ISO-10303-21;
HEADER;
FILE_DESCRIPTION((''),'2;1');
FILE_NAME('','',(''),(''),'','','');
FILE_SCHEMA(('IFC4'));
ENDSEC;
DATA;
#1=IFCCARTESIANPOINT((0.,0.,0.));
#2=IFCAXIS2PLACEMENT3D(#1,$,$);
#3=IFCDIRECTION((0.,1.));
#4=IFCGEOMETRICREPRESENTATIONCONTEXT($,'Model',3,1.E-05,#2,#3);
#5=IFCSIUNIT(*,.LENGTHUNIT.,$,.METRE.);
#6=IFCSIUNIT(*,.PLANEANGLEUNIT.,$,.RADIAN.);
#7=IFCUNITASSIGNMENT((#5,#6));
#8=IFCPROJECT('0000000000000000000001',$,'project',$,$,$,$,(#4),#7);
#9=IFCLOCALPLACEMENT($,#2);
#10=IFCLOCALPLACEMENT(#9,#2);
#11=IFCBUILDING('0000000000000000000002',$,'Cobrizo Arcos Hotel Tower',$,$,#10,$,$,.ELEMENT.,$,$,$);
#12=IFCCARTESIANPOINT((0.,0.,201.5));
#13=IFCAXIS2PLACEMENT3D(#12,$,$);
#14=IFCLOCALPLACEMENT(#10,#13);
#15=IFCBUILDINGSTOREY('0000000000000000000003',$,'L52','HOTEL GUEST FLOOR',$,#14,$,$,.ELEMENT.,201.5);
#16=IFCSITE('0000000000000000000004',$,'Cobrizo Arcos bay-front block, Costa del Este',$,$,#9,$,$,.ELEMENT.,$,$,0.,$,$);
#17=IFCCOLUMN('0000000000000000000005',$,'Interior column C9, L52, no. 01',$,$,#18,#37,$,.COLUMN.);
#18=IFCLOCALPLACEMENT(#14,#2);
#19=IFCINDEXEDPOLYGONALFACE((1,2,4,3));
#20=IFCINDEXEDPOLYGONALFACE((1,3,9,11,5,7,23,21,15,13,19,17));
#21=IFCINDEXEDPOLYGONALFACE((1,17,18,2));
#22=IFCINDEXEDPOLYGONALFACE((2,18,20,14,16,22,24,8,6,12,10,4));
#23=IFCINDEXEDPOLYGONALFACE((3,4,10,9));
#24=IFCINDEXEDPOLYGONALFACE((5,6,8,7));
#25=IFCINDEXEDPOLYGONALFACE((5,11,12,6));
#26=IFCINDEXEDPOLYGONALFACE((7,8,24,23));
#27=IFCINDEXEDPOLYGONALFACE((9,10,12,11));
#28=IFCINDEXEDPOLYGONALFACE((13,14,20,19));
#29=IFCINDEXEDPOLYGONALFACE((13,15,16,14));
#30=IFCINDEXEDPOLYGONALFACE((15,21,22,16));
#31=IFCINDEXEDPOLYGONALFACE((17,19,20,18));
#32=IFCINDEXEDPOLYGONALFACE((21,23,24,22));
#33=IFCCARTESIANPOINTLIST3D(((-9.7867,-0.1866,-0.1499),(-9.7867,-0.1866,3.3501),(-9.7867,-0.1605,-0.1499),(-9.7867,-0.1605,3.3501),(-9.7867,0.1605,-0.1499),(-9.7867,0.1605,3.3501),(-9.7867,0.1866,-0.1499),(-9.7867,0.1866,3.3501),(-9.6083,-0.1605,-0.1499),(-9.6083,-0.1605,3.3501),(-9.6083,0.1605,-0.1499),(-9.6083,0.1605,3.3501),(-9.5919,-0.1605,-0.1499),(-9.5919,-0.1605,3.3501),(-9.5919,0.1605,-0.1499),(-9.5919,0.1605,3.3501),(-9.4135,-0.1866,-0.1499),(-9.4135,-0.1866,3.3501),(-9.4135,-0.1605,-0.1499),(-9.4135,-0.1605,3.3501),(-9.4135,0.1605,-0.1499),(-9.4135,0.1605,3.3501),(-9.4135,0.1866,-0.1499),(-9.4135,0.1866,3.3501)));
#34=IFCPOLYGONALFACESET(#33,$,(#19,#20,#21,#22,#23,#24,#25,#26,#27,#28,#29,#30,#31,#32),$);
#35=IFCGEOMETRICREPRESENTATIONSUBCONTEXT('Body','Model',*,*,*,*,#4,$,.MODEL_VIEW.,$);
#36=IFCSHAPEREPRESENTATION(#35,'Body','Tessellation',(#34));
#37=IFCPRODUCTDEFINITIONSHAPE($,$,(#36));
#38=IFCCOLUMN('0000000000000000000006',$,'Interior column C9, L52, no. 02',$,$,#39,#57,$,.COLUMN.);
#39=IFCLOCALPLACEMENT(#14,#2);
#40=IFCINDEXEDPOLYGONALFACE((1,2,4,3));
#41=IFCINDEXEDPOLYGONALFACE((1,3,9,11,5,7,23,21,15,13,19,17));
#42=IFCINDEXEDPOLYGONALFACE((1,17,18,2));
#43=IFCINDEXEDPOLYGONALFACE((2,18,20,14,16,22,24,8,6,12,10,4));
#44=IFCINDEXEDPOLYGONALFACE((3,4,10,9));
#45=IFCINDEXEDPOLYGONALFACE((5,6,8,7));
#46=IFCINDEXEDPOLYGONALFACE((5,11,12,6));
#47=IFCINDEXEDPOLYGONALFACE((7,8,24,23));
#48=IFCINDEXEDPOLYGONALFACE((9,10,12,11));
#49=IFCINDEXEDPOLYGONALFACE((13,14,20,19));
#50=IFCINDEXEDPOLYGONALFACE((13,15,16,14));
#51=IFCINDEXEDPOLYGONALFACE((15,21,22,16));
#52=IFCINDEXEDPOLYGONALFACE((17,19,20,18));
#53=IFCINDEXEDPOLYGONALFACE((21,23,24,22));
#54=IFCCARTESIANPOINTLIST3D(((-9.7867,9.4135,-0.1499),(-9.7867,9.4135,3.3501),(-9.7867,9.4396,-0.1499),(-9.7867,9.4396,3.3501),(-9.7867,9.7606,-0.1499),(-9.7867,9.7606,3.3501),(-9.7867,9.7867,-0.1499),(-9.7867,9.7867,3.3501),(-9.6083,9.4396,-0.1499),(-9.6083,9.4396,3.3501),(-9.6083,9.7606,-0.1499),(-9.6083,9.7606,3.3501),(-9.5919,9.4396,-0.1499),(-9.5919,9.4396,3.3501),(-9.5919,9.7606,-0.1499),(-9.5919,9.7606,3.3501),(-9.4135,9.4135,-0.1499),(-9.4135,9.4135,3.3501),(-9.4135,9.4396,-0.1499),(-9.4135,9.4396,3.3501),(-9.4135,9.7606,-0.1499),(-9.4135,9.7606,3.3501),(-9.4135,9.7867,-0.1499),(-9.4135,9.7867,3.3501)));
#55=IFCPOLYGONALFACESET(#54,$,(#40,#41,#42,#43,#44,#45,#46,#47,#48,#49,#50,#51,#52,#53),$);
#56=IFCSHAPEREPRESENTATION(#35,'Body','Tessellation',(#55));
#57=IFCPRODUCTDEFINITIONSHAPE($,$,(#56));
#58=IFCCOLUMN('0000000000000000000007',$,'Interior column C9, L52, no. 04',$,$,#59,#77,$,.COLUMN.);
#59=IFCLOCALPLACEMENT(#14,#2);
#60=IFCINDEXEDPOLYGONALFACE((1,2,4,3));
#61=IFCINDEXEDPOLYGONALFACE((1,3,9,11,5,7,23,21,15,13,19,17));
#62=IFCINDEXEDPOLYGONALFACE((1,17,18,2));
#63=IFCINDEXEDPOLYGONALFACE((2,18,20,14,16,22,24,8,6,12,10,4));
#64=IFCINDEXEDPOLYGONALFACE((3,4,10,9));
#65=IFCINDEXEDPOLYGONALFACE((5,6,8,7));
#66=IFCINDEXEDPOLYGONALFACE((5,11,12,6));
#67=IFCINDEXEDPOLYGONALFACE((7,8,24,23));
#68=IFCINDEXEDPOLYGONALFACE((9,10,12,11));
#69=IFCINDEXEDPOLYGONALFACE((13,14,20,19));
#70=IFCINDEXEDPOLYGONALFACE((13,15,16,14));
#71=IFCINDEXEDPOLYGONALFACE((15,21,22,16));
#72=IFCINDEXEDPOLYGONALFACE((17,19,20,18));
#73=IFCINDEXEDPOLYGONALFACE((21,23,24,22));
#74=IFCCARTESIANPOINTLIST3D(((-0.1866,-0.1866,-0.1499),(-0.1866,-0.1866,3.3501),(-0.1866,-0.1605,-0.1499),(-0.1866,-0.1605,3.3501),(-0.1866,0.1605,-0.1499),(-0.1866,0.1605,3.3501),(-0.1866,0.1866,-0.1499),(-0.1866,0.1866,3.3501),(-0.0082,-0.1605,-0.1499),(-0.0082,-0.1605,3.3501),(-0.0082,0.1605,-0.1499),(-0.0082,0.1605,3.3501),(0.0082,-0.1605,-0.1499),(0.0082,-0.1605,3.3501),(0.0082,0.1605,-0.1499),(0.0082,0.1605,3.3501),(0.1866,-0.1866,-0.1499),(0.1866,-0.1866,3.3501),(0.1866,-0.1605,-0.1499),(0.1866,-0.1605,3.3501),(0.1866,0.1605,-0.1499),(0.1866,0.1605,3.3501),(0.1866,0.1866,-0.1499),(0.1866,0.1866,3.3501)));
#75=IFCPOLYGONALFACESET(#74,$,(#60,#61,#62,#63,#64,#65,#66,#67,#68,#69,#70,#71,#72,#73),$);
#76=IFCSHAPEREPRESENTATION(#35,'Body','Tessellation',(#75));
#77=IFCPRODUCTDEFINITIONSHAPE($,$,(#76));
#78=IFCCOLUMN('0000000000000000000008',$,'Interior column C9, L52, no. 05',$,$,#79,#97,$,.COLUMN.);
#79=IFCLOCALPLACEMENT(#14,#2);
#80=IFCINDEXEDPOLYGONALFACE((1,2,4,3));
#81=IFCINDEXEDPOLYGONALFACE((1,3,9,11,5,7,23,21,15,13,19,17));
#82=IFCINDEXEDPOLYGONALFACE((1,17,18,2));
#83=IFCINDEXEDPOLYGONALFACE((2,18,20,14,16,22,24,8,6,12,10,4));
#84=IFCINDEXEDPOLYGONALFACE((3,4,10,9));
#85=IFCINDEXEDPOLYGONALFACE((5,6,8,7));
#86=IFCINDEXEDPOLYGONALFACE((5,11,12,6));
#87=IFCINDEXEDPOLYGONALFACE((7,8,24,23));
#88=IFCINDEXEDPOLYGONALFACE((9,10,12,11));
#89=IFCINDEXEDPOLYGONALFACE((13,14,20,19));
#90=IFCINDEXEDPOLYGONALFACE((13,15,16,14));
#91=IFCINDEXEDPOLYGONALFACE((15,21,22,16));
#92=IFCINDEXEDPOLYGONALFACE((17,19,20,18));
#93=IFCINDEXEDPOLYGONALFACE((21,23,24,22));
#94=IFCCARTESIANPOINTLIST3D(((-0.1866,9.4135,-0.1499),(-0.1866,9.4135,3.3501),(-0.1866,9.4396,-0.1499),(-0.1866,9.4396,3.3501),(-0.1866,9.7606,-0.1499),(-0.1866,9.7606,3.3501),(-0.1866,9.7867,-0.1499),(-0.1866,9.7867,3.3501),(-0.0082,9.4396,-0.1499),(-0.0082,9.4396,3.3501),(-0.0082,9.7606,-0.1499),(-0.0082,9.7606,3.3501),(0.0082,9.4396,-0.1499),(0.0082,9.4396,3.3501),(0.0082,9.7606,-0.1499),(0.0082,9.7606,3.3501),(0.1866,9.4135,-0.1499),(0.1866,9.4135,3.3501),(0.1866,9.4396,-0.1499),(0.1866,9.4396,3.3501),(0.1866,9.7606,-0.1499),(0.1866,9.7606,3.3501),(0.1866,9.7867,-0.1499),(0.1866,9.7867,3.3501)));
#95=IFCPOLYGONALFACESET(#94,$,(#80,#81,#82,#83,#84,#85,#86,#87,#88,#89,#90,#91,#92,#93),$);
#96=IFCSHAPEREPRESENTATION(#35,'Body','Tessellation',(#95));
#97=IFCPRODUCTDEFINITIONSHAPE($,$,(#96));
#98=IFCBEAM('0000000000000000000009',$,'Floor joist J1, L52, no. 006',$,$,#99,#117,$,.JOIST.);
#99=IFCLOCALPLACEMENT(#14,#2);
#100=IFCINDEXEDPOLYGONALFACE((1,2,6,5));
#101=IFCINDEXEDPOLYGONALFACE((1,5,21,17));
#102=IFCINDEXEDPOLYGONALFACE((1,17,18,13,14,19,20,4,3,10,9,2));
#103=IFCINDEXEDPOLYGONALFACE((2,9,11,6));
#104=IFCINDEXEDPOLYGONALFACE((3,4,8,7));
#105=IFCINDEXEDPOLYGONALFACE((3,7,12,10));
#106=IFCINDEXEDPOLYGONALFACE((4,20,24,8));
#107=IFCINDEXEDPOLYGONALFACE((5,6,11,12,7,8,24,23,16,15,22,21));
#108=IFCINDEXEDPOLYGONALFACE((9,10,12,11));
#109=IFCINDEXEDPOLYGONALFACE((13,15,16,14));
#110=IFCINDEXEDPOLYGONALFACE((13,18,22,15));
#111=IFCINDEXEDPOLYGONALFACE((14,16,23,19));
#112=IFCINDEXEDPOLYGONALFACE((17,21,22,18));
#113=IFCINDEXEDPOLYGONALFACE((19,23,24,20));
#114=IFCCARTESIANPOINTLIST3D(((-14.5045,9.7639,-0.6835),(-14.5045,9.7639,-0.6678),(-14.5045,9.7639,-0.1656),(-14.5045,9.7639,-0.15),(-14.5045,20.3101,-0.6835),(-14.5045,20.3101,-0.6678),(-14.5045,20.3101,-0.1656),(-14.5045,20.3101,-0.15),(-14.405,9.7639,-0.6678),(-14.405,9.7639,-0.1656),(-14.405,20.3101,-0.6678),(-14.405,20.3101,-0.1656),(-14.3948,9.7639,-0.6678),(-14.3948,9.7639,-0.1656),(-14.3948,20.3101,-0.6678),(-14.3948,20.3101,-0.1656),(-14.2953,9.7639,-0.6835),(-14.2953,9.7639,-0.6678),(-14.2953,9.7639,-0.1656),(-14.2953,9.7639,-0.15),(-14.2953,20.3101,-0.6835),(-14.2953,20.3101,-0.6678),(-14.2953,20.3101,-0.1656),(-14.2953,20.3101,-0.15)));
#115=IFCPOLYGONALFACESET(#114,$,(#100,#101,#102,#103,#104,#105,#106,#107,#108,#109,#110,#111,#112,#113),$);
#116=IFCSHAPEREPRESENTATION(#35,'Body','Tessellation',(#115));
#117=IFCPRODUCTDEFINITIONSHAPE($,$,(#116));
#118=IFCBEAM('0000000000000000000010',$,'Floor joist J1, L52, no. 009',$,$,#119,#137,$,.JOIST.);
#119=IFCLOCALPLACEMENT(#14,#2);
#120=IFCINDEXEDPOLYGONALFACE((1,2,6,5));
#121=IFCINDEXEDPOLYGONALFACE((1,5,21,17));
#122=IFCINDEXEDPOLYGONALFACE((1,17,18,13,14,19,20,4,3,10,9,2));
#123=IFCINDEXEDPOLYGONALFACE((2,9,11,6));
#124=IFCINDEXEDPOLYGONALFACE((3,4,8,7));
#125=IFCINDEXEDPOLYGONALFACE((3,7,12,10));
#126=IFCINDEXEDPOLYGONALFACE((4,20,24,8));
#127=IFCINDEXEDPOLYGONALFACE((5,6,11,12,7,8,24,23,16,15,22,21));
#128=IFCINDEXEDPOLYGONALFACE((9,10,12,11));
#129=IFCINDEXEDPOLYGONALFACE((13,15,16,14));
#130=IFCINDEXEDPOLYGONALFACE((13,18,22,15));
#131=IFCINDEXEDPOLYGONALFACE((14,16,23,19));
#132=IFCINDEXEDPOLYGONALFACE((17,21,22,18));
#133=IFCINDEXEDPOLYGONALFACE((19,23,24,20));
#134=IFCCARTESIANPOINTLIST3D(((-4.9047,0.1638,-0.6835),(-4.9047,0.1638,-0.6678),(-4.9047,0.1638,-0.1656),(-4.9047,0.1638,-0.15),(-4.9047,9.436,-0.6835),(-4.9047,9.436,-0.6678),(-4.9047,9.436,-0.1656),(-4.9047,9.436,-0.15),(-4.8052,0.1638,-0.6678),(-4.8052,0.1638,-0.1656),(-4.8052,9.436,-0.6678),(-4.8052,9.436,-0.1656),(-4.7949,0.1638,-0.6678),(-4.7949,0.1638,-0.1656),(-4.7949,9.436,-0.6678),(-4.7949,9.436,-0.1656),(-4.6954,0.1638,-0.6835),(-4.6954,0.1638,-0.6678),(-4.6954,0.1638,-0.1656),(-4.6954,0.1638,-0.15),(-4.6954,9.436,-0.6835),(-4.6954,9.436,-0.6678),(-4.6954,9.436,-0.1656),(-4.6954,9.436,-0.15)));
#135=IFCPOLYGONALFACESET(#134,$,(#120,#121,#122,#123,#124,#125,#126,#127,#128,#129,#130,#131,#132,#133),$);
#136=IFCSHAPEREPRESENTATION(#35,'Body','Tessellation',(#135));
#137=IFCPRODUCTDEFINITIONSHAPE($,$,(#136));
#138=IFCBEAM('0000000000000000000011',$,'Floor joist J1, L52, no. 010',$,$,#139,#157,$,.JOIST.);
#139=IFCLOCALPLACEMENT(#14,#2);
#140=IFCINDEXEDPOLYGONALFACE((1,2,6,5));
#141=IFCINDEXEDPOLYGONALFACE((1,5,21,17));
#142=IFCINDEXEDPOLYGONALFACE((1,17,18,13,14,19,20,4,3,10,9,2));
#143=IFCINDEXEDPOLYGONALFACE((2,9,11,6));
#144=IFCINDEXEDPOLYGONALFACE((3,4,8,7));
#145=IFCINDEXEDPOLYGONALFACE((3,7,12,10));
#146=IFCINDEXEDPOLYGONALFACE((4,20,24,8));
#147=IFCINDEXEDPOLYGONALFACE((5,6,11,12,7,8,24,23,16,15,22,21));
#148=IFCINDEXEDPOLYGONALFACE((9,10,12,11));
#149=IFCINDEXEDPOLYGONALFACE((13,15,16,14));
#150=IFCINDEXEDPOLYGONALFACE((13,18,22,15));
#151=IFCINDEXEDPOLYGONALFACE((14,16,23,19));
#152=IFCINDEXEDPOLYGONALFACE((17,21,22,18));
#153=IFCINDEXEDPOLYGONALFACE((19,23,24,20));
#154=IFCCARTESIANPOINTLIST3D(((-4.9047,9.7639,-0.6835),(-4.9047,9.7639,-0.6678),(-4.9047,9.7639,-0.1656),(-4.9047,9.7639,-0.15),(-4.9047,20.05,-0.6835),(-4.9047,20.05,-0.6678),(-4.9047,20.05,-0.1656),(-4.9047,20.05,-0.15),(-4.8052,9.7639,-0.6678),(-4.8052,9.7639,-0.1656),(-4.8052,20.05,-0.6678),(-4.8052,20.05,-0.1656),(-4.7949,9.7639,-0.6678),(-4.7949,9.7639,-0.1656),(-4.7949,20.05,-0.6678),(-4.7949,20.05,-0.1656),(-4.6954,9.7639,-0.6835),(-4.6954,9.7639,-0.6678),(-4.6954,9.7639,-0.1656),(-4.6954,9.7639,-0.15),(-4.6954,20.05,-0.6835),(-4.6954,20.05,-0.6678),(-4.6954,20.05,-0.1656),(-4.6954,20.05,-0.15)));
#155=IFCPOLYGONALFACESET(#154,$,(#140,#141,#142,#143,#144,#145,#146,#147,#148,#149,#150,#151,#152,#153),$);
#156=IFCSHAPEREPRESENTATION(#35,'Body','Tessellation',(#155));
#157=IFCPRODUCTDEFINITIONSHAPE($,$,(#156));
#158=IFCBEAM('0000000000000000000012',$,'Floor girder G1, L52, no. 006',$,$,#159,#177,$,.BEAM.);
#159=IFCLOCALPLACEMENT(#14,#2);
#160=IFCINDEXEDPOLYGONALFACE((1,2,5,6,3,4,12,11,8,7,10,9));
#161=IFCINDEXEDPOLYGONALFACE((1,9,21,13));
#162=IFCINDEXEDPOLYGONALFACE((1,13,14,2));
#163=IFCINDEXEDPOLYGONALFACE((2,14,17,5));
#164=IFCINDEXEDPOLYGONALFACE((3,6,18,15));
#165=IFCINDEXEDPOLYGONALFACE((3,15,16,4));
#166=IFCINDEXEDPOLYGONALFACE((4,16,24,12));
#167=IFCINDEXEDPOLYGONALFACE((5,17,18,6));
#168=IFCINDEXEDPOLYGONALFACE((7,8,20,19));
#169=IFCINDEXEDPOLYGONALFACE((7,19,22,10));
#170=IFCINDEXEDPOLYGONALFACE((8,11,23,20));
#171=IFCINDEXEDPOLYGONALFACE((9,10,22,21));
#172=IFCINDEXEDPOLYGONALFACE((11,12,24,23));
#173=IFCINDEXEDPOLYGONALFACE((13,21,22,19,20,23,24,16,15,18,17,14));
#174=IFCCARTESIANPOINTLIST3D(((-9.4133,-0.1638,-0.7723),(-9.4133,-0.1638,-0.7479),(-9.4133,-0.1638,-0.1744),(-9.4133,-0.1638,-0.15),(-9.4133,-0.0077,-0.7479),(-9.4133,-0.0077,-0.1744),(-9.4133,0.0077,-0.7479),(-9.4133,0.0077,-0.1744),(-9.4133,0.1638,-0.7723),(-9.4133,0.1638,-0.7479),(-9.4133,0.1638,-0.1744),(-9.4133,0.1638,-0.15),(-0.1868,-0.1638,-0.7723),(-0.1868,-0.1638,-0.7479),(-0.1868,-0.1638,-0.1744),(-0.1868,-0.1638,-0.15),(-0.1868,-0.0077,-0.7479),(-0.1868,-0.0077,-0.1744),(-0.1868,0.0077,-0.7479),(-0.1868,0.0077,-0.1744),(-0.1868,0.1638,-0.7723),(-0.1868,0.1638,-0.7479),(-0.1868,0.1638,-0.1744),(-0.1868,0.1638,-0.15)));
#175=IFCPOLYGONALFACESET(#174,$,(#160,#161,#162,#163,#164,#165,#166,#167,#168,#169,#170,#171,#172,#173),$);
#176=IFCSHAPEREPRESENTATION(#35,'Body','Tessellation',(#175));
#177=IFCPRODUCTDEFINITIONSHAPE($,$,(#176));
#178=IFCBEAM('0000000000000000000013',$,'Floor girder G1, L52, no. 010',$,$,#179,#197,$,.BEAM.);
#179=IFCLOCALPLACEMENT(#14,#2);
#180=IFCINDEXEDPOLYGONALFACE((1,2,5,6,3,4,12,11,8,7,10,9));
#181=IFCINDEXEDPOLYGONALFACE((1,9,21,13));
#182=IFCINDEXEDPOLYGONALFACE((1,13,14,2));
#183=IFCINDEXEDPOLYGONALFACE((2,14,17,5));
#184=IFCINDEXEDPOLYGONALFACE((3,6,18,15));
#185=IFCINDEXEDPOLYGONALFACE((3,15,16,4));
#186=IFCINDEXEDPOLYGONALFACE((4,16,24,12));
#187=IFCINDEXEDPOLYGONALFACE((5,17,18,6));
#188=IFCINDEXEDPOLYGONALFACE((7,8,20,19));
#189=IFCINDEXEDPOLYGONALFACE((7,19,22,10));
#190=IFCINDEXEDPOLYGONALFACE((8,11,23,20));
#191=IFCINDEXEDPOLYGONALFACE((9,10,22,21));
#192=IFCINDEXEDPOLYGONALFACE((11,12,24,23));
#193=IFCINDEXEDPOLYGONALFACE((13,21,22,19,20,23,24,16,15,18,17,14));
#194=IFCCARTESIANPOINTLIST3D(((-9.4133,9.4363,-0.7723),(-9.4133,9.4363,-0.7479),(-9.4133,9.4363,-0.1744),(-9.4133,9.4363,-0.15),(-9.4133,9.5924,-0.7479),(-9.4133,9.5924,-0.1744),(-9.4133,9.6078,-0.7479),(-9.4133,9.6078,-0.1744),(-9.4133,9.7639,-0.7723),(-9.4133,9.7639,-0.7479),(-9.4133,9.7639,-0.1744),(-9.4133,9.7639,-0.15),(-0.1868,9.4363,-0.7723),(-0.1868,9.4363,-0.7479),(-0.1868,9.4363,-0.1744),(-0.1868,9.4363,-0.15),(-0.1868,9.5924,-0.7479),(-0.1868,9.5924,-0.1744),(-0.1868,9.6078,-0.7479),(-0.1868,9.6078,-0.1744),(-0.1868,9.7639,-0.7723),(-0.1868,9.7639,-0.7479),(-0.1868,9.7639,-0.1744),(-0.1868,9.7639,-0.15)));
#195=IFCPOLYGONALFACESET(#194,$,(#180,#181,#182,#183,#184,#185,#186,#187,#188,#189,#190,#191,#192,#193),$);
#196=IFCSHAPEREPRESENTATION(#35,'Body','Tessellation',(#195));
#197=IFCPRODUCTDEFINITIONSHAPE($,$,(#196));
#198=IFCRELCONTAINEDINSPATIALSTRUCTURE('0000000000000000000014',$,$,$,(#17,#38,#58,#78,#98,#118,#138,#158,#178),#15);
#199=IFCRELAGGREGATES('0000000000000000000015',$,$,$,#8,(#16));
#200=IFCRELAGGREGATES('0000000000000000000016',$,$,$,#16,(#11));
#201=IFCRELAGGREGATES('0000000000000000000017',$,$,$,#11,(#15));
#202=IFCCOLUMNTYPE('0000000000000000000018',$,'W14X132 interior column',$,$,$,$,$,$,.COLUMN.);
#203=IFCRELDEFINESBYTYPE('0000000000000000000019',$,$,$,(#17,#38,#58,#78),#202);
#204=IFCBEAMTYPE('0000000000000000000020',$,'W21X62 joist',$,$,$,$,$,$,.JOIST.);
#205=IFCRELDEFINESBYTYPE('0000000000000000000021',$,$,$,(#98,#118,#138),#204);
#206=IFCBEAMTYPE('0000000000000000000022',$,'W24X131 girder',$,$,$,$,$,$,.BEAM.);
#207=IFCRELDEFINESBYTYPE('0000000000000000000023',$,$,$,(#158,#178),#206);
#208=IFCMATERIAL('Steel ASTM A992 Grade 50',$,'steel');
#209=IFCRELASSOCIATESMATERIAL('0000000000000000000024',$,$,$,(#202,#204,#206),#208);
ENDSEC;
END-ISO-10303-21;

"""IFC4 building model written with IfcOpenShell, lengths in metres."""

from ifc_helpers import new_model, si_unit, direction, frame, origin, origin_2d, place, context, subcontext, project, spatial, i_section, extrude, material, material_profile, profile_set, type_object, element, save


model = new_model("IFC4")

# Units and contexts
model_context = context("Model", 3, precision=1e-05, world=origin(), true_north=direction((0.0, 1.0)))
body_context = subcontext(model_context, "Body", "Model", "MODEL_VIEW")
ifc_project = project(units=[si_unit("LENGTHUNIT", "METRE"), si_unit("PLANEANGLEUNIT", "RADIAN")], contexts=[model_context])

# Site, building, storey
site_placement = place(None, origin())
site = spatial("IfcSite", under=ifc_project, at=site_placement, Name="Cobrizo Arcos bay-front block, Costa del Este", CompositionType="ELEMENT", RefElevation=0.0)
building_placement = place(site_placement, origin())
building = spatial("IfcBuilding", under=site, at=building_placement, Name="Cobrizo Arcos Hotel Tower", CompositionType="ELEMENT")
storey_placement = place(building_placement, frame((0.0, 0.0, 201.5)))
storey = spatial("IfcBuildingStorey", under=building, at=storey_placement, Name="L52", Description="HOTEL GUEST FLOOR", CompositionType="ELEMENT", Elevation=201.5)

# Columns
ifc_material_1 = material(Name="Steel ASTM A992 Grade 50", Category="steel")
ifc_material_profile_1 = material_profile(ifc_material_1, i_section(OverallWidth=0.3733, OverallDepth=0.3733, WebThickness=0.0164, FlangeThickness=0.0261, at=origin_2d()), Name="W14X132")
ifc_profile_set_1 = profile_set([ifc_material_profile_1], Name="Steel ASTM A992 Grade 50")
column_type = type_object("IfcColumnType", Name="W14X132 interior column", PredefinedType="COLUMN", material=ifc_profile_set_1)
for number, where, z_axis, x_axis, name in (
    (1, (-9.6001, 0.0, -0.1499), (0.0, 0.0, 1.0), (1.0, 0.0, 0.0), "Interior column C9, L52, no. 01"),
    (2, (-9.6001, 9.6001, -0.1499), (0.0, 0.0, 1.0), (1.0, 0.0, 0.0), "Interior column C9, L52, no. 02"),
    (3, (0.0, 0.0, -0.1499), (0.0, 0.0, 1.0), (1.0, 0.0, 0.0), "Interior column C9, L52, no. 04"),
    (4, (0.0, 9.6001, -0.1499), (0.0, 0.0, 1.0), (1.0, 0.0, 0.0), "Interior column C9, L52, no. 05"),
):
    element("IfcColumn", number, at=place(storey_placement, frame(where, z_axis=z_axis, x_axis=x_axis)), inside=storey, type_object=column_type, Name=name, PredefinedType="COLUMN", context=body_context, shape_type="SweptSolid", body=[
        extrude(i_section(OverallWidth=0.3733, OverallDepth=0.3733, WebThickness=0.0164, FlangeThickness=0.0261, at=origin_2d()), origin(), (0.0, 0.0, 1.0), 3.5),
    ])

# Beams
ifc_material_profile_2 = material_profile(ifc_material_1, i_section(OverallWidth=0.2092, OverallDepth=0.5334, WebThickness=0.0103, FlangeThickness=0.0156, at=origin_2d()), Name="W21X62")
ifc_profile_set_2 = profile_set([ifc_material_profile_2], Name="Steel ASTM A992 Grade 50")
beam_type_1 = type_object("IfcBeamType", Name="W21X62 joist", PredefinedType="JOIST", material=ifc_profile_set_2)
beam_1_placement = place(storey_placement, frame((-14.3999, 9.7639, -0.4167), z_axis=(0.0, 1.0, 0.0), x_axis=(-1.0, 0.0, 0.0)))
element("IfcBeam", 5, at=beam_1_placement, inside=storey, type_object=beam_type_1, Name="Floor joist J1, L52, no. 006", PredefinedType="JOIST", context=body_context, shape_type="SweptSolid", body=[
    extrude(i_section(OverallWidth=0.2092, OverallDepth=0.5334, WebThickness=0.0103, FlangeThickness=0.0156, at=origin_2d()), origin(), (0.0, 0.0, 1.0), 10.5461),
])
beam_2_placement = place(storey_placement, frame((-4.8, 0.1638, -0.4167), z_axis=(0.0, 1.0, 0.0), x_axis=(-1.0, 0.0, 0.0)))
element("IfcBeam", 6, at=beam_2_placement, inside=storey, type_object=beam_type_1, Name="Floor joist J1, L52, no. 009", PredefinedType="JOIST", context=body_context, shape_type="SweptSolid", body=[
    extrude(i_section(OverallWidth=0.2092, OverallDepth=0.5334, WebThickness=0.0103, FlangeThickness=0.0156, at=origin_2d()), origin(), (0.0, 0.0, 1.0), 9.2722),
])
beam_3_placement = place(storey_placement, frame((-4.8, 9.7639, -0.4167), z_axis=(0.0, 1.0, 0.0), x_axis=(-1.0, 0.0, 0.0)))
element("IfcBeam", 7, at=beam_3_placement, inside=storey, type_object=beam_type_1, Name="Floor joist J1, L52, no. 010", PredefinedType="JOIST", context=body_context, shape_type="SweptSolid", body=[
    extrude(i_section(OverallWidth=0.2092, OverallDepth=0.5334, WebThickness=0.0103, FlangeThickness=0.0156, at=origin_2d()), origin(), (0.0, 0.0, 1.0), 10.2861),
])
ifc_material_profile_3 = material_profile(ifc_material_1, i_section(OverallWidth=0.3276, OverallDepth=0.6223, WebThickness=0.0154, FlangeThickness=0.0244, at=origin_2d()), Name="W24X131")
ifc_profile_set_3 = profile_set([ifc_material_profile_3], Name="Steel ASTM A992 Grade 50")
beam_type_2 = type_object("IfcBeamType", Name="W24X131 girder", PredefinedType="BEAM", material=ifc_profile_set_3)
for number, where, z_axis, x_axis, name in (
    (8, (-9.4133, 0.0, -0.4612), (1.0, 0.0, 0.0), (0.0, 1.0, 0.0), "Floor girder G1, L52, no. 006"),
    (9, (-9.4133, 9.6001, -0.4612), (1.0, 0.0, 0.0), (0.0, 1.0, 0.0), "Floor girder G1, L52, no. 010"),
):
    element("IfcBeam", number, at=place(storey_placement, frame(where, z_axis=z_axis, x_axis=x_axis)), inside=storey, type_object=beam_type_2, Name=name, PredefinedType="BEAM", context=body_context, shape_type="SweptSolid", body=[
        extrude(i_section(OverallWidth=0.3276, OverallDepth=0.6223, WebThickness=0.0154, FlangeThickness=0.0244, at=origin_2d()), origin(), (0.0, 0.0, 1.0), 9.2266),
    ])

save(model, "model.ifc")
